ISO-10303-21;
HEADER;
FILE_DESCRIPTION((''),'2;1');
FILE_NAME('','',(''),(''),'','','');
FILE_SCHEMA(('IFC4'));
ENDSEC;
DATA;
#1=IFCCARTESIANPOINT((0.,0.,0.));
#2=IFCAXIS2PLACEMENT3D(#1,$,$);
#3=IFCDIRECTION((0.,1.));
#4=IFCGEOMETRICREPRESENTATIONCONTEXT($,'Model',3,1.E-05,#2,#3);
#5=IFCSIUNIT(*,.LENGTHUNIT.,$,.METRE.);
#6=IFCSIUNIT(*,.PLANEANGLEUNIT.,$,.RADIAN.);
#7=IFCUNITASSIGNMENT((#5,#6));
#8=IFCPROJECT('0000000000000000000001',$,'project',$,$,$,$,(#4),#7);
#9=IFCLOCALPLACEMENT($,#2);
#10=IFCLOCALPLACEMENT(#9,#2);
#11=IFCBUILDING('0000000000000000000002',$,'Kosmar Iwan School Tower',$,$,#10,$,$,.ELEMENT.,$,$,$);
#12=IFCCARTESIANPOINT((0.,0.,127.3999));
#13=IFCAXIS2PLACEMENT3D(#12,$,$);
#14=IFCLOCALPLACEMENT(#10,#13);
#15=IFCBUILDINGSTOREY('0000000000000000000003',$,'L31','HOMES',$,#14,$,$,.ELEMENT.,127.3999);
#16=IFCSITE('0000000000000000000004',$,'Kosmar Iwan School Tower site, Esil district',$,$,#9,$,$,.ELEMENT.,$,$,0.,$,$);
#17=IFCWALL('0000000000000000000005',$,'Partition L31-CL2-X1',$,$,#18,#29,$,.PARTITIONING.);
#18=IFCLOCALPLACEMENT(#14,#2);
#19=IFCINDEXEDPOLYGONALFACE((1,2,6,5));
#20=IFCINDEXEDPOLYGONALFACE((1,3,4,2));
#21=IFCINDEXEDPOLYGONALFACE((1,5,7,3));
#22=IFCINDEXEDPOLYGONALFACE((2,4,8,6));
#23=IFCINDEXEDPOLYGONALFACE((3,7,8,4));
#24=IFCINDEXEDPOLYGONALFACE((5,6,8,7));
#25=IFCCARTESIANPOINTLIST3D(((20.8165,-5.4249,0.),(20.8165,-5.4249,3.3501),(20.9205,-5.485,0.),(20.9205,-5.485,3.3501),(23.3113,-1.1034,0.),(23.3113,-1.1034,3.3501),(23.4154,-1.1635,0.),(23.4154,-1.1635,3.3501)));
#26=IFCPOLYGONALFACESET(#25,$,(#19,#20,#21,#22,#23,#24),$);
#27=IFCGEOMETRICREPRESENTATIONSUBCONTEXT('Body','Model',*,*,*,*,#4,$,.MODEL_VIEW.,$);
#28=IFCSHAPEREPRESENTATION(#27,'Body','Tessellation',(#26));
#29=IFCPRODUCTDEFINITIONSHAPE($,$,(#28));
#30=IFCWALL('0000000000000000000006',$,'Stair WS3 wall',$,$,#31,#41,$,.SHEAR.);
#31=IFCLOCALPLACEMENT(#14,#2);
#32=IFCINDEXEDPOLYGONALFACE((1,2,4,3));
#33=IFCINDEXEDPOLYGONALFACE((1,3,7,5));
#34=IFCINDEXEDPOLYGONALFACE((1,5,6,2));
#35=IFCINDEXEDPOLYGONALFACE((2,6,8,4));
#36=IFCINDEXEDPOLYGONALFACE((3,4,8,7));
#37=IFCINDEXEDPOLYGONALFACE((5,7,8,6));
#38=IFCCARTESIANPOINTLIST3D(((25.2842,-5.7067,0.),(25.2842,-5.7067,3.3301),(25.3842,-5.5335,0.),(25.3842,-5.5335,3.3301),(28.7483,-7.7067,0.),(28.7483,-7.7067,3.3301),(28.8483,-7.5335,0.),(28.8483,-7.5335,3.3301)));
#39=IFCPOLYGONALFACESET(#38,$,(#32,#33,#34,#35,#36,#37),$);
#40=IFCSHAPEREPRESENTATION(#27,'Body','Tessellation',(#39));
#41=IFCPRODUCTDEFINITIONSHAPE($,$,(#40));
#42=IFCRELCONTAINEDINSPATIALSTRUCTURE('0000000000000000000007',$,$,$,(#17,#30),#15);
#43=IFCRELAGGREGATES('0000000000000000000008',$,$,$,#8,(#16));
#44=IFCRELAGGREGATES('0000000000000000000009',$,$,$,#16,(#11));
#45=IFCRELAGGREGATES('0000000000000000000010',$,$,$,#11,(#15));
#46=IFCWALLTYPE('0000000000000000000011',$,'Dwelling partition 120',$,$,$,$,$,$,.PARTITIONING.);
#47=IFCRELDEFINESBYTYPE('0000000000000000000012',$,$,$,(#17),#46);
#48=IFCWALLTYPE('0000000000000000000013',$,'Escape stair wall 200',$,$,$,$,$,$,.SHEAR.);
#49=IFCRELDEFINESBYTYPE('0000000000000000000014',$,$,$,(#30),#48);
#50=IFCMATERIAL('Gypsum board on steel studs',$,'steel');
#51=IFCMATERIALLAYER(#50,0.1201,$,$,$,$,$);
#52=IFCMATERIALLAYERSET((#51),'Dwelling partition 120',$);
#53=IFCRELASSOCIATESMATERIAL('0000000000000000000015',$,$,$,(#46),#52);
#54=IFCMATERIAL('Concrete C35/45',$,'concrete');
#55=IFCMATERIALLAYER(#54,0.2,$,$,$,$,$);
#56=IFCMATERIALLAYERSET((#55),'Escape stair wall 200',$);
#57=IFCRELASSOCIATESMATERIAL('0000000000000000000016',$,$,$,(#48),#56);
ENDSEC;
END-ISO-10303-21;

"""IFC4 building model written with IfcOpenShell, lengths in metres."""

from ifc_helpers import new_model, si_unit, direction, frame, frame_2d, origin, place, context, subcontext, project, spatial, rectangle, extrude, material, layer, layer_set, type_object, element, save


model = new_model("IFC4")

# Units and contexts
model_context = context("Model", 3, precision=1e-05, world=origin(), true_north=direction((0.0, 1.0)))
body_context = subcontext(model_context, "Body", "Model", "MODEL_VIEW")
ifc_project = project(units=[si_unit("LENGTHUNIT", "METRE"), si_unit("PLANEANGLEUNIT", "RADIAN")], contexts=[model_context])

# Site, building, storey
site_placement = place(None, origin())
site = spatial("IfcSite", under=ifc_project, at=site_placement, Name="Kosmar Iwan School Tower site, Esil district", CompositionType="ELEMENT", RefElevation=0.0)
building_placement = place(site_placement, origin())
building = spatial("IfcBuilding", under=site, at=building_placement, Name="Kosmar Iwan School Tower", CompositionType="ELEMENT")
storey_placement = place(building_placement, frame((0.0, 0.0, 127.3999)))
storey = spatial("IfcBuildingStorey", under=building, at=storey_placement, Name="L31", Description="HOMES", CompositionType="ELEMENT", Elevation=127.3999)

# Shared definitions
ifc_material_1 = material(Name="Gypsum board on steel studs", Category="steel")
ifc_layer_1 = layer(ifc_material_1, 0.1201)
ifc_layer_set_1 = layer_set([ifc_layer_1], Name="Dwelling partition 120")
wall_type_1 = type_object("IfcWallType", Name="Dwelling partition 120", PredefinedType="PARTITIONING", material=ifc_layer_set_1)

# Walls
wall_1_placement = place(storey_placement, frame((20.8684, -5.4551, 0.0), z_axis=(0.0, 0.0, 1.0), x_axis=(0.499975, 0.86604, 0.0)))
element("IfcWall", 1, at=wall_1_placement, inside=storey, type_object=wall_type_1, Name="Partition L31-CL2-X1", PredefinedType="PARTITIONING", context=body_context, shape_type="SweptSolid", body=[
    extrude(rectangle(XDim=4.99, YDim=0.1201, at=frame_2d((2.4951, 0.0))), origin(), (0.0, 0.0, 1.0), 3.3501),
])
ifc_material_2 = material(Name="Concrete C35/45", Category="concrete")
ifc_layer_2 = layer(ifc_material_2, 0.2)
ifc_layer_set_2 = layer_set([ifc_layer_2], Name="Escape stair wall 200")
wall_type_2 = type_object("IfcWallType", Name="Escape stair wall 200", PredefinedType="SHEAR", material=ifc_layer_set_2)
wall_2_placement = place(storey_placement, frame((25.3342, -5.6201, 0.0), z_axis=(0.0, 0.0, 1.0), x_axis=(0.866026, -0.499999, 0.0)))
element("IfcWall", 2, at=wall_2_placement, inside=storey, type_object=wall_type_2, Name="Stair WS3 wall", PredefinedType="SHEAR", context=body_context, shape_type="SweptSolid", body=[
    extrude(rectangle(XDim=4.0, YDim=0.2, at=frame_2d((2.0, 0.0))), origin(), (0.0, 0.0, 1.0), 3.3301),
])

save(model, "model.ifc")
